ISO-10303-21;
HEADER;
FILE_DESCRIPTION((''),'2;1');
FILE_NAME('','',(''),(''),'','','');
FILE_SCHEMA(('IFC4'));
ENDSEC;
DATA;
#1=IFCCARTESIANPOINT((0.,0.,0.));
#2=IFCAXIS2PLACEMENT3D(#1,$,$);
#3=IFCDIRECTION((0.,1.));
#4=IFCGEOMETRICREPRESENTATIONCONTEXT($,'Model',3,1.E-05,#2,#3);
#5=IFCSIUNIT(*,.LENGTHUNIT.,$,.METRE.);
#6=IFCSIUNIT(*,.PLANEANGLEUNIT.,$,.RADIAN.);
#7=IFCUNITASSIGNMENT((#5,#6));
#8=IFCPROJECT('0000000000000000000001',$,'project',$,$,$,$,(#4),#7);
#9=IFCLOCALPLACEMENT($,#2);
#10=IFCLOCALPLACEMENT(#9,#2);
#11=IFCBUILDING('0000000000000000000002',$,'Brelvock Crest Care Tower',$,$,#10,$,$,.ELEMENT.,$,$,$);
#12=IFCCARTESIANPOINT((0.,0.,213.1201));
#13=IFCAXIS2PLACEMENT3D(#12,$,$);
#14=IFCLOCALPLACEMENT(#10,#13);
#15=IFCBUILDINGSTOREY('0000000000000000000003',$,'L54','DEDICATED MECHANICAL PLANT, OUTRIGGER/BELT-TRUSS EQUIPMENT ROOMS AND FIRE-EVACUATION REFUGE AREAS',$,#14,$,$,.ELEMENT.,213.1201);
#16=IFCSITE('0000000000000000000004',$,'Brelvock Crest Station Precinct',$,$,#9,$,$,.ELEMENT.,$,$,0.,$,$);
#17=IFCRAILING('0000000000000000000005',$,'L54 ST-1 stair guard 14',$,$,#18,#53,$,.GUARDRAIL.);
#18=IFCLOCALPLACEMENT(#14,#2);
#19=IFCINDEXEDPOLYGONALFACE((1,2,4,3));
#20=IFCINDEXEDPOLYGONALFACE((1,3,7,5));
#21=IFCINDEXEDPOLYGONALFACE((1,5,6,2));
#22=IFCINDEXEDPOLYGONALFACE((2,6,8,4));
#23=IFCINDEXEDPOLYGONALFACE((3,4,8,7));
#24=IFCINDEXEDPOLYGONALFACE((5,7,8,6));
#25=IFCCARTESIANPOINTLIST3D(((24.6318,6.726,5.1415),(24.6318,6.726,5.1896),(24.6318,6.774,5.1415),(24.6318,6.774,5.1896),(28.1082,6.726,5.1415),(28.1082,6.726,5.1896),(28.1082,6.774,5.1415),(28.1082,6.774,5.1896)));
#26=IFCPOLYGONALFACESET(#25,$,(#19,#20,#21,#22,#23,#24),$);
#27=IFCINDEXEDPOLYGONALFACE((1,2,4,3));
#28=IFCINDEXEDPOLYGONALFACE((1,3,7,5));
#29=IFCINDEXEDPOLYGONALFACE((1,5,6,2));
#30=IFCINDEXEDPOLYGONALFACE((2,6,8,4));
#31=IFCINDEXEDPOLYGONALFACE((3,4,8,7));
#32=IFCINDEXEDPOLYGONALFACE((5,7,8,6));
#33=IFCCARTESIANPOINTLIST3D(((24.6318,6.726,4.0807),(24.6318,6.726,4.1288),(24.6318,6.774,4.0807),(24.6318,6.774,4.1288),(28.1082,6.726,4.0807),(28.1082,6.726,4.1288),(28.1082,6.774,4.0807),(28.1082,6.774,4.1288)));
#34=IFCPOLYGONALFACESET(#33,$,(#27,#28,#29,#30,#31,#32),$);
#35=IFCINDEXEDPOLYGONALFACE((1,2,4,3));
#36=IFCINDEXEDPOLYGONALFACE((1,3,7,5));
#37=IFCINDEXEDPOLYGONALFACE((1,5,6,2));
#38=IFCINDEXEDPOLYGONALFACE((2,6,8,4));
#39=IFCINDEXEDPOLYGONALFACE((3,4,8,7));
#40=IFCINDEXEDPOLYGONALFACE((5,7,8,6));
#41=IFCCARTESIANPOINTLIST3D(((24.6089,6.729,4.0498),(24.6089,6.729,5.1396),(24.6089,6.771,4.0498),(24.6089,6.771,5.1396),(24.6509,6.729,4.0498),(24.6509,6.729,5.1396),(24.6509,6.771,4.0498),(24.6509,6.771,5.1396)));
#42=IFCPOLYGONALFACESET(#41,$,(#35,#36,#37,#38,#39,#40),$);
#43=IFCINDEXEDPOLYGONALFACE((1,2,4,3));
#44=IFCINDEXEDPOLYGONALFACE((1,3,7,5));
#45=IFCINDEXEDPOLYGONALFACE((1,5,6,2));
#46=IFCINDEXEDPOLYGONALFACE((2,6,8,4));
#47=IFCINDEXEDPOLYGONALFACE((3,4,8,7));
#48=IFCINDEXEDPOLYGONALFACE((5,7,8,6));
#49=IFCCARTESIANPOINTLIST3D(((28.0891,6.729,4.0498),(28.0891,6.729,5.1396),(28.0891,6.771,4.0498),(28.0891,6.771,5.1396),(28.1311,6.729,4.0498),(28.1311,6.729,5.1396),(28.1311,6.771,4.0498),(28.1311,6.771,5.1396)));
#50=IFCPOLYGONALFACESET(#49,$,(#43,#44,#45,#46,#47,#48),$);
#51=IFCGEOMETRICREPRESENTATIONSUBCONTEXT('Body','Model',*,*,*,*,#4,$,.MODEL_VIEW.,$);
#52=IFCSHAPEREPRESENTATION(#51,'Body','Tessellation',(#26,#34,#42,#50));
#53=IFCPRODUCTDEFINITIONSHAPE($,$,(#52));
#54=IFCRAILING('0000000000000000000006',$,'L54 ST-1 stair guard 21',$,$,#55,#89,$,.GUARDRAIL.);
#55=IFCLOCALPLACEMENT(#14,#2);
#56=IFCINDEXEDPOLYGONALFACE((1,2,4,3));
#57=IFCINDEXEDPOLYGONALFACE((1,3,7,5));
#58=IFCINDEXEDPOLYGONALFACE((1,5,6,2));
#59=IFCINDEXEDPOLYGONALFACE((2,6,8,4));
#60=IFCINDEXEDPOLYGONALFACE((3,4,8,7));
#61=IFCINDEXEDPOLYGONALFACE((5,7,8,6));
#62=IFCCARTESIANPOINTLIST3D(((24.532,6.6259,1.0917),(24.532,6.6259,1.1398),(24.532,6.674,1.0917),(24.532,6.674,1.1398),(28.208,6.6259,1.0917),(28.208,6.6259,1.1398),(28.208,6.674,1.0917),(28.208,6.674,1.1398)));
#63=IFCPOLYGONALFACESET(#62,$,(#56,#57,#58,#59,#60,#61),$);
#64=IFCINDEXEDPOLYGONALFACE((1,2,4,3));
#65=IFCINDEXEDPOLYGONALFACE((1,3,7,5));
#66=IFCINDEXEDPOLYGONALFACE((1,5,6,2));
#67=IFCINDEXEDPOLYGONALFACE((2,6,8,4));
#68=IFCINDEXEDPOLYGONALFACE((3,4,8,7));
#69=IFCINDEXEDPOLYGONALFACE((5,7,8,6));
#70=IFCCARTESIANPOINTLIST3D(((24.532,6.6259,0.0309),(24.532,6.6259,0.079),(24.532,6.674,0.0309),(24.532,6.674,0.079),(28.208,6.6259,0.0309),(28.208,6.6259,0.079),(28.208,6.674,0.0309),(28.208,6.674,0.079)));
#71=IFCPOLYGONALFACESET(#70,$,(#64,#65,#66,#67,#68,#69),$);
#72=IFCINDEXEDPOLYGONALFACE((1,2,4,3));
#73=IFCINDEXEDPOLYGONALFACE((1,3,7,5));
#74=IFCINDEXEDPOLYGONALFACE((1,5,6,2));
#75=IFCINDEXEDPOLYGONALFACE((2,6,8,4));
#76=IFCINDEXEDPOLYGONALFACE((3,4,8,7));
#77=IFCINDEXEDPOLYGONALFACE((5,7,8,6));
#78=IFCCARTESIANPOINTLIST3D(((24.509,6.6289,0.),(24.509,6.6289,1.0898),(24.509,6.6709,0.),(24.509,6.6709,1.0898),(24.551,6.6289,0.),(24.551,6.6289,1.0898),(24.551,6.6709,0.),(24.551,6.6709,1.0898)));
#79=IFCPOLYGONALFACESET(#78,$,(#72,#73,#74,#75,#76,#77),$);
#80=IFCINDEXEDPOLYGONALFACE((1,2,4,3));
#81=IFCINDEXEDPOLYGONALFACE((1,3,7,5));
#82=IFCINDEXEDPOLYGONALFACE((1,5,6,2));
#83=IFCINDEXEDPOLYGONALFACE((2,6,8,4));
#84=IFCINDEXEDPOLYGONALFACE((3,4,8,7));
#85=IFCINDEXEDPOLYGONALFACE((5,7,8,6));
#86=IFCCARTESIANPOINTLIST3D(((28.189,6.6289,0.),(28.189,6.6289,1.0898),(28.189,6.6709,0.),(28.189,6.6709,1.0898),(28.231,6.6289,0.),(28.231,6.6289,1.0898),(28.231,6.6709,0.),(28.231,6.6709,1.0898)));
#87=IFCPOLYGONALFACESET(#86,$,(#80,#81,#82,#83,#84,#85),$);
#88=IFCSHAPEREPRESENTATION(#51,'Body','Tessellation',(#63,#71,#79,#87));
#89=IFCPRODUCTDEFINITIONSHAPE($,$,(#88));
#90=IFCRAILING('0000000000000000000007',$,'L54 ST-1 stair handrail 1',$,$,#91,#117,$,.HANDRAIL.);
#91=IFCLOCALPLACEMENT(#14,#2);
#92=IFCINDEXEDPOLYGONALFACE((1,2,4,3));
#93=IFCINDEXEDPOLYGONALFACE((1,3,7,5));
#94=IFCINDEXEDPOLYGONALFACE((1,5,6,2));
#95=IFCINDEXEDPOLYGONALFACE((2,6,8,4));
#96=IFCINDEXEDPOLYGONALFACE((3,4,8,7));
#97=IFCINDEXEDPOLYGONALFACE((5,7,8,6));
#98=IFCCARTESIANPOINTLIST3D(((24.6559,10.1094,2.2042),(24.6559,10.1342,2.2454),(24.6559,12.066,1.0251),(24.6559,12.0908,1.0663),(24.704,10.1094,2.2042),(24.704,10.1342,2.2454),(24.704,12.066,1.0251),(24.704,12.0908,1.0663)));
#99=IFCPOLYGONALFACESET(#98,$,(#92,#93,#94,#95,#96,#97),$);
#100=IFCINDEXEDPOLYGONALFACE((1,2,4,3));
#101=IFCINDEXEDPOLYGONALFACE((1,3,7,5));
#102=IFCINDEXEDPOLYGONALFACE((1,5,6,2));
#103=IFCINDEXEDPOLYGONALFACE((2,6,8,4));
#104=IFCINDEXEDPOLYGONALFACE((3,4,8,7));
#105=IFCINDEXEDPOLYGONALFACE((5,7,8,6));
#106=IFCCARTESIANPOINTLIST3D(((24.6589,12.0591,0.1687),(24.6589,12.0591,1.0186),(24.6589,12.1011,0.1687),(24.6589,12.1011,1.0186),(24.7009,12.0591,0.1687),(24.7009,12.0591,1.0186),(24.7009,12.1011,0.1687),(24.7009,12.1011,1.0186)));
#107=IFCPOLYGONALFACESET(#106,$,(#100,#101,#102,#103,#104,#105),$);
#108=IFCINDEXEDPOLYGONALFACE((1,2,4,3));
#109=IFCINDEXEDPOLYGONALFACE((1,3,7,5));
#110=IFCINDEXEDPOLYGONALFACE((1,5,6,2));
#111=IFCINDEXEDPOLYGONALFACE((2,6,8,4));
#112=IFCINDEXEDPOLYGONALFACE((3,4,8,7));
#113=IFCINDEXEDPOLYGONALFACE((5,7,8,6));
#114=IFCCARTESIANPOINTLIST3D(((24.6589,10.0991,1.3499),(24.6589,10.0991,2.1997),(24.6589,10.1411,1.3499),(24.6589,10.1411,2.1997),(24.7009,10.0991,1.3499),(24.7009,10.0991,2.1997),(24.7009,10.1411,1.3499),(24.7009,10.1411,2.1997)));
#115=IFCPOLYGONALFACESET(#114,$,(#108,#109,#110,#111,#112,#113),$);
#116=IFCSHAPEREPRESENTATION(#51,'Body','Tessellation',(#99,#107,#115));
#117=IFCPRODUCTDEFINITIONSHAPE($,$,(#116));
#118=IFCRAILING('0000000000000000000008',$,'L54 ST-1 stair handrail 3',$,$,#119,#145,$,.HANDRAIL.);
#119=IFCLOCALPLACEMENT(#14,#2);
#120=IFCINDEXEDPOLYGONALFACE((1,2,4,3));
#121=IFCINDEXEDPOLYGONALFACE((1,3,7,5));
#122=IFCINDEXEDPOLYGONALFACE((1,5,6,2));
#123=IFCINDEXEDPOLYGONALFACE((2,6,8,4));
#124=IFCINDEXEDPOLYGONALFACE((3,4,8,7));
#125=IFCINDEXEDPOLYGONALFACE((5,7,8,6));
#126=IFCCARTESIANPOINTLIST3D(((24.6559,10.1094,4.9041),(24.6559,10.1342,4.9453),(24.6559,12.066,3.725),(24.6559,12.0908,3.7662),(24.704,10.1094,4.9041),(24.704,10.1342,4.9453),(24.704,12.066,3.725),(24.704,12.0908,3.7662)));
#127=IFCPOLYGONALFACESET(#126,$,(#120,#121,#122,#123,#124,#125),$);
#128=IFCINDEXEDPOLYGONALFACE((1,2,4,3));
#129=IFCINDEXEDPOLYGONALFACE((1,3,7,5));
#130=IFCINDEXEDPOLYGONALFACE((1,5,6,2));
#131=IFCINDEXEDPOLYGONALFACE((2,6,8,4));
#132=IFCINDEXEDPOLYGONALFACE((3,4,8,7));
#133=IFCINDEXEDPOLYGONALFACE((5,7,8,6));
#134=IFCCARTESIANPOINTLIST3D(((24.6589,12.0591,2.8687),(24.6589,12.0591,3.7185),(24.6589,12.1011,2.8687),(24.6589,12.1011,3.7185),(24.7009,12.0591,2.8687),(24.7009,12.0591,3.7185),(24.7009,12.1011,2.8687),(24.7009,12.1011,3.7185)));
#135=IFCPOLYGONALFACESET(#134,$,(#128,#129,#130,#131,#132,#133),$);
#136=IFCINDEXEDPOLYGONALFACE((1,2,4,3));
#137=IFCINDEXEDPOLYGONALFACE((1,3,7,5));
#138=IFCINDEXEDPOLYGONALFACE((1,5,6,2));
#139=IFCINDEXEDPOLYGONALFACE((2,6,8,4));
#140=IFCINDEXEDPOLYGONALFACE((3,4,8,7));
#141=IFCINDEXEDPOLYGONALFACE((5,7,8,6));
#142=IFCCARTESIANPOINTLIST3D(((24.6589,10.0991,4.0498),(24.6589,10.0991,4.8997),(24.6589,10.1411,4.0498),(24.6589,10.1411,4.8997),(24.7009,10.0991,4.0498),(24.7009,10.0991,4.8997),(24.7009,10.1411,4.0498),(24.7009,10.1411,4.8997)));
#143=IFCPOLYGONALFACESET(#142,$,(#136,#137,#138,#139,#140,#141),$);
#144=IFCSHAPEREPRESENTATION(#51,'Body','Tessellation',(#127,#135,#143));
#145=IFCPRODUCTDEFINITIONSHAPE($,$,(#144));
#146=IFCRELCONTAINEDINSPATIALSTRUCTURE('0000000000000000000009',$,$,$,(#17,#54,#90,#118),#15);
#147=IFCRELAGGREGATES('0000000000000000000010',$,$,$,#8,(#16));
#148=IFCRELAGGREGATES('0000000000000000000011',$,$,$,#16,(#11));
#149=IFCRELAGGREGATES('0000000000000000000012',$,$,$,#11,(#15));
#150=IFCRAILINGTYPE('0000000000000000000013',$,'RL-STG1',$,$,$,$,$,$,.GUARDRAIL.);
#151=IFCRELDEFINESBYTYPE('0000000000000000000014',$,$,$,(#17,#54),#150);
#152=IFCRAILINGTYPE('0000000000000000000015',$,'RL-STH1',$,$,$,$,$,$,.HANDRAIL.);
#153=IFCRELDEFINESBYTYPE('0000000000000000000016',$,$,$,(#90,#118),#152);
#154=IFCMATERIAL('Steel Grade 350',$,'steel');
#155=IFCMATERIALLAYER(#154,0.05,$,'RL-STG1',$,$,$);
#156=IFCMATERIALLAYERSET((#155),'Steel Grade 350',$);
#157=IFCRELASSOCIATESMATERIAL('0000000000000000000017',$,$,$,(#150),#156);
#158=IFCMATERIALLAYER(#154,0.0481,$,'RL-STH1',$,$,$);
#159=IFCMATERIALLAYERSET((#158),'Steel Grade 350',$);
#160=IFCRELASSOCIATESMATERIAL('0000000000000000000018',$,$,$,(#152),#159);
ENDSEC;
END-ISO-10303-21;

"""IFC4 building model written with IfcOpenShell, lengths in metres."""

from ifc_helpers import new_model, si_unit, direction, frame, origin, origin_2d, place, context, subcontext, project, spatial, rectangle, extrude, material, layer, layer_set, type_object, element, save


model = new_model("IFC4")

# Units and contexts
model_context = context("Model", 3, precision=1e-05, world=origin(), true_north=direction((0.0, 1.0)))
body_context = subcontext(model_context, "Body", "Model", "MODEL_VIEW")
ifc_project = project(units=[si_unit("LENGTHUNIT", "METRE"), si_unit("PLANEANGLEUNIT", "RADIAN")], contexts=[model_context])

# Site, building, storey
site_placement = place(None, origin())
site = spatial("IfcSite", under=ifc_project, at=site_placement, Name="Brelvock Crest Station Precinct", CompositionType="ELEMENT", RefElevation=0.0)
building_placement = place(site_placement, origin())
building = spatial("IfcBuilding", under=site, at=building_placement, Name="Brelvock Crest Care Tower", CompositionType="ELEMENT")
storey_placement = place(building_placement, frame((0.0, 0.0, 213.1201)))
storey = spatial("IfcBuildingStorey", under=building, at=storey_placement, Name="L54", Description="DEDICATED MECHANICAL PLANT, OUTRIGGER/BELT-TRUSS EQUIPMENT ROOMS AND FIRE-EVACUATION REFUGE AREAS", CompositionType="ELEMENT", Elevation=213.1201)

# Shared definitions
ifc_material_1 = material(Name="Steel Grade 350", Category="steel")

# Railings
ifc_layer_1 = layer(ifc_material_1, 0.05, Name="RL-STG1")
ifc_layer_set_1 = layer_set([ifc_layer_1], Name="Steel Grade 350")
railing_type_1 = type_object("IfcRailingType", Name="RL-STG1", PredefinedType="GUARDRAIL", material=ifc_layer_set_1)
railing_1_placement = place(storey_placement, frame((24.6299, 6.75, 4.0498)))
element("IfcRailing", 1, at=railing_1_placement, inside=storey, type_object=railing_type_1, Name="L54 ST-1 stair guard 14", PredefinedType="GUARDRAIL", context=body_context, shape_type="SweptSolid", body=[
    extrude(rectangle(XDim=0.0481, YDim=0.0481, at=origin_2d()), frame((0.002, 0.0, 1.1157), z_axis=(1.0, 0.0, 0.0), x_axis=(0.0, 1.0, 0.0)), (0.0, 0.0, 1.0), 3.4763),
    extrude(rectangle(XDim=0.0481, YDim=0.0481, at=origin_2d()), frame((0.002, 0.0, 0.0549), z_axis=(1.0, 0.0, 0.0), x_axis=(0.0, 1.0, 0.0)), (0.0, 0.0, 1.0), 3.4763),
    extrude(rectangle(XDim=0.042, YDim=0.042, at=origin_2d()), origin(), (0.0, 0.0, 1.0), 1.0898),
    extrude(rectangle(XDim=0.042, YDim=0.042, at=origin_2d()), frame((3.4802, 0.0, 0.0)), (0.0, 0.0, 1.0), 1.0898),
])
railing_2_placement = place(storey_placement, frame((24.53, 6.6499, 0.0)))
element("IfcRailing", 2, at=railing_2_placement, inside=storey, type_object=railing_type_1, Name="L54 ST-1 stair guard 21", PredefinedType="GUARDRAIL", context=body_context, shape_type="SweptSolid", body=[
    extrude(rectangle(XDim=0.0481, YDim=0.0481, at=origin_2d()), frame((0.002, 0.0, 1.1157), z_axis=(1.0, 0.0, 0.0), x_axis=(0.0, 1.0, 0.0)), (0.0, 0.0, 1.0), 3.676),
    extrude(rectangle(XDim=0.0481, YDim=0.0481, at=origin_2d()), frame((0.002, 0.0, 0.0549), z_axis=(1.0, 0.0, 0.0), x_axis=(0.0, 1.0, 0.0)), (0.0, 0.0, 1.0), 3.676),
    extrude(rectangle(XDim=0.042, YDim=0.042, at=origin_2d()), origin(), (0.0, 0.0, 1.0), 1.0898),
    extrude(rectangle(XDim=0.042, YDim=0.042, at=origin_2d()), frame((3.6799, 0.0, 0.0)), (0.0, 0.0, 1.0), 1.0898),
])
ifc_layer_2 = layer(ifc_material_1, 0.0481, Name="RL-STH1")
ifc_layer_set_2 = layer_set([ifc_layer_2], Name="Steel Grade 350")
railing_type_2 = type_object("IfcRailingType", Name="RL-STH1", PredefinedType="HANDRAIL", material=ifc_layer_set_2)
for number, where, name in (
    (3, (24.6799, 12.0801, 0.1687), "L54 ST-1 stair handrail 1"),
    (4, (24.6799, 12.0801, 2.8687), "L54 ST-1 stair handrail 3"),
):
    element("IfcRailing", number, at=place(storey_placement, frame(where)), inside=storey, type_object=railing_type_2, Name=name, PredefinedType="HANDRAIL", context=body_context, shape_type="SweptSolid", body=[
        extrude(rectangle(XDim=0.0481, YDim=0.0481, at=origin_2d()), frame((0.0, -0.0017, 0.877), z_axis=(0.0, -0.856493, 0.516158), x_axis=(1.0, 0.0, 0.0)), (0.0, 0.0, 1.0), 2.2844),
        extrude(rectangle(XDim=0.042, YDim=0.042, at=origin_2d()), origin(), (0.0, 0.0, 1.0), 0.8499),
        extrude(rectangle(XDim=0.042, YDim=0.042, at=origin_2d()), frame((0.0, -1.96, 1.1812)), (0.0, 0.0, 1.0), 0.8499),
    ])

save(model, "model.ifc")
